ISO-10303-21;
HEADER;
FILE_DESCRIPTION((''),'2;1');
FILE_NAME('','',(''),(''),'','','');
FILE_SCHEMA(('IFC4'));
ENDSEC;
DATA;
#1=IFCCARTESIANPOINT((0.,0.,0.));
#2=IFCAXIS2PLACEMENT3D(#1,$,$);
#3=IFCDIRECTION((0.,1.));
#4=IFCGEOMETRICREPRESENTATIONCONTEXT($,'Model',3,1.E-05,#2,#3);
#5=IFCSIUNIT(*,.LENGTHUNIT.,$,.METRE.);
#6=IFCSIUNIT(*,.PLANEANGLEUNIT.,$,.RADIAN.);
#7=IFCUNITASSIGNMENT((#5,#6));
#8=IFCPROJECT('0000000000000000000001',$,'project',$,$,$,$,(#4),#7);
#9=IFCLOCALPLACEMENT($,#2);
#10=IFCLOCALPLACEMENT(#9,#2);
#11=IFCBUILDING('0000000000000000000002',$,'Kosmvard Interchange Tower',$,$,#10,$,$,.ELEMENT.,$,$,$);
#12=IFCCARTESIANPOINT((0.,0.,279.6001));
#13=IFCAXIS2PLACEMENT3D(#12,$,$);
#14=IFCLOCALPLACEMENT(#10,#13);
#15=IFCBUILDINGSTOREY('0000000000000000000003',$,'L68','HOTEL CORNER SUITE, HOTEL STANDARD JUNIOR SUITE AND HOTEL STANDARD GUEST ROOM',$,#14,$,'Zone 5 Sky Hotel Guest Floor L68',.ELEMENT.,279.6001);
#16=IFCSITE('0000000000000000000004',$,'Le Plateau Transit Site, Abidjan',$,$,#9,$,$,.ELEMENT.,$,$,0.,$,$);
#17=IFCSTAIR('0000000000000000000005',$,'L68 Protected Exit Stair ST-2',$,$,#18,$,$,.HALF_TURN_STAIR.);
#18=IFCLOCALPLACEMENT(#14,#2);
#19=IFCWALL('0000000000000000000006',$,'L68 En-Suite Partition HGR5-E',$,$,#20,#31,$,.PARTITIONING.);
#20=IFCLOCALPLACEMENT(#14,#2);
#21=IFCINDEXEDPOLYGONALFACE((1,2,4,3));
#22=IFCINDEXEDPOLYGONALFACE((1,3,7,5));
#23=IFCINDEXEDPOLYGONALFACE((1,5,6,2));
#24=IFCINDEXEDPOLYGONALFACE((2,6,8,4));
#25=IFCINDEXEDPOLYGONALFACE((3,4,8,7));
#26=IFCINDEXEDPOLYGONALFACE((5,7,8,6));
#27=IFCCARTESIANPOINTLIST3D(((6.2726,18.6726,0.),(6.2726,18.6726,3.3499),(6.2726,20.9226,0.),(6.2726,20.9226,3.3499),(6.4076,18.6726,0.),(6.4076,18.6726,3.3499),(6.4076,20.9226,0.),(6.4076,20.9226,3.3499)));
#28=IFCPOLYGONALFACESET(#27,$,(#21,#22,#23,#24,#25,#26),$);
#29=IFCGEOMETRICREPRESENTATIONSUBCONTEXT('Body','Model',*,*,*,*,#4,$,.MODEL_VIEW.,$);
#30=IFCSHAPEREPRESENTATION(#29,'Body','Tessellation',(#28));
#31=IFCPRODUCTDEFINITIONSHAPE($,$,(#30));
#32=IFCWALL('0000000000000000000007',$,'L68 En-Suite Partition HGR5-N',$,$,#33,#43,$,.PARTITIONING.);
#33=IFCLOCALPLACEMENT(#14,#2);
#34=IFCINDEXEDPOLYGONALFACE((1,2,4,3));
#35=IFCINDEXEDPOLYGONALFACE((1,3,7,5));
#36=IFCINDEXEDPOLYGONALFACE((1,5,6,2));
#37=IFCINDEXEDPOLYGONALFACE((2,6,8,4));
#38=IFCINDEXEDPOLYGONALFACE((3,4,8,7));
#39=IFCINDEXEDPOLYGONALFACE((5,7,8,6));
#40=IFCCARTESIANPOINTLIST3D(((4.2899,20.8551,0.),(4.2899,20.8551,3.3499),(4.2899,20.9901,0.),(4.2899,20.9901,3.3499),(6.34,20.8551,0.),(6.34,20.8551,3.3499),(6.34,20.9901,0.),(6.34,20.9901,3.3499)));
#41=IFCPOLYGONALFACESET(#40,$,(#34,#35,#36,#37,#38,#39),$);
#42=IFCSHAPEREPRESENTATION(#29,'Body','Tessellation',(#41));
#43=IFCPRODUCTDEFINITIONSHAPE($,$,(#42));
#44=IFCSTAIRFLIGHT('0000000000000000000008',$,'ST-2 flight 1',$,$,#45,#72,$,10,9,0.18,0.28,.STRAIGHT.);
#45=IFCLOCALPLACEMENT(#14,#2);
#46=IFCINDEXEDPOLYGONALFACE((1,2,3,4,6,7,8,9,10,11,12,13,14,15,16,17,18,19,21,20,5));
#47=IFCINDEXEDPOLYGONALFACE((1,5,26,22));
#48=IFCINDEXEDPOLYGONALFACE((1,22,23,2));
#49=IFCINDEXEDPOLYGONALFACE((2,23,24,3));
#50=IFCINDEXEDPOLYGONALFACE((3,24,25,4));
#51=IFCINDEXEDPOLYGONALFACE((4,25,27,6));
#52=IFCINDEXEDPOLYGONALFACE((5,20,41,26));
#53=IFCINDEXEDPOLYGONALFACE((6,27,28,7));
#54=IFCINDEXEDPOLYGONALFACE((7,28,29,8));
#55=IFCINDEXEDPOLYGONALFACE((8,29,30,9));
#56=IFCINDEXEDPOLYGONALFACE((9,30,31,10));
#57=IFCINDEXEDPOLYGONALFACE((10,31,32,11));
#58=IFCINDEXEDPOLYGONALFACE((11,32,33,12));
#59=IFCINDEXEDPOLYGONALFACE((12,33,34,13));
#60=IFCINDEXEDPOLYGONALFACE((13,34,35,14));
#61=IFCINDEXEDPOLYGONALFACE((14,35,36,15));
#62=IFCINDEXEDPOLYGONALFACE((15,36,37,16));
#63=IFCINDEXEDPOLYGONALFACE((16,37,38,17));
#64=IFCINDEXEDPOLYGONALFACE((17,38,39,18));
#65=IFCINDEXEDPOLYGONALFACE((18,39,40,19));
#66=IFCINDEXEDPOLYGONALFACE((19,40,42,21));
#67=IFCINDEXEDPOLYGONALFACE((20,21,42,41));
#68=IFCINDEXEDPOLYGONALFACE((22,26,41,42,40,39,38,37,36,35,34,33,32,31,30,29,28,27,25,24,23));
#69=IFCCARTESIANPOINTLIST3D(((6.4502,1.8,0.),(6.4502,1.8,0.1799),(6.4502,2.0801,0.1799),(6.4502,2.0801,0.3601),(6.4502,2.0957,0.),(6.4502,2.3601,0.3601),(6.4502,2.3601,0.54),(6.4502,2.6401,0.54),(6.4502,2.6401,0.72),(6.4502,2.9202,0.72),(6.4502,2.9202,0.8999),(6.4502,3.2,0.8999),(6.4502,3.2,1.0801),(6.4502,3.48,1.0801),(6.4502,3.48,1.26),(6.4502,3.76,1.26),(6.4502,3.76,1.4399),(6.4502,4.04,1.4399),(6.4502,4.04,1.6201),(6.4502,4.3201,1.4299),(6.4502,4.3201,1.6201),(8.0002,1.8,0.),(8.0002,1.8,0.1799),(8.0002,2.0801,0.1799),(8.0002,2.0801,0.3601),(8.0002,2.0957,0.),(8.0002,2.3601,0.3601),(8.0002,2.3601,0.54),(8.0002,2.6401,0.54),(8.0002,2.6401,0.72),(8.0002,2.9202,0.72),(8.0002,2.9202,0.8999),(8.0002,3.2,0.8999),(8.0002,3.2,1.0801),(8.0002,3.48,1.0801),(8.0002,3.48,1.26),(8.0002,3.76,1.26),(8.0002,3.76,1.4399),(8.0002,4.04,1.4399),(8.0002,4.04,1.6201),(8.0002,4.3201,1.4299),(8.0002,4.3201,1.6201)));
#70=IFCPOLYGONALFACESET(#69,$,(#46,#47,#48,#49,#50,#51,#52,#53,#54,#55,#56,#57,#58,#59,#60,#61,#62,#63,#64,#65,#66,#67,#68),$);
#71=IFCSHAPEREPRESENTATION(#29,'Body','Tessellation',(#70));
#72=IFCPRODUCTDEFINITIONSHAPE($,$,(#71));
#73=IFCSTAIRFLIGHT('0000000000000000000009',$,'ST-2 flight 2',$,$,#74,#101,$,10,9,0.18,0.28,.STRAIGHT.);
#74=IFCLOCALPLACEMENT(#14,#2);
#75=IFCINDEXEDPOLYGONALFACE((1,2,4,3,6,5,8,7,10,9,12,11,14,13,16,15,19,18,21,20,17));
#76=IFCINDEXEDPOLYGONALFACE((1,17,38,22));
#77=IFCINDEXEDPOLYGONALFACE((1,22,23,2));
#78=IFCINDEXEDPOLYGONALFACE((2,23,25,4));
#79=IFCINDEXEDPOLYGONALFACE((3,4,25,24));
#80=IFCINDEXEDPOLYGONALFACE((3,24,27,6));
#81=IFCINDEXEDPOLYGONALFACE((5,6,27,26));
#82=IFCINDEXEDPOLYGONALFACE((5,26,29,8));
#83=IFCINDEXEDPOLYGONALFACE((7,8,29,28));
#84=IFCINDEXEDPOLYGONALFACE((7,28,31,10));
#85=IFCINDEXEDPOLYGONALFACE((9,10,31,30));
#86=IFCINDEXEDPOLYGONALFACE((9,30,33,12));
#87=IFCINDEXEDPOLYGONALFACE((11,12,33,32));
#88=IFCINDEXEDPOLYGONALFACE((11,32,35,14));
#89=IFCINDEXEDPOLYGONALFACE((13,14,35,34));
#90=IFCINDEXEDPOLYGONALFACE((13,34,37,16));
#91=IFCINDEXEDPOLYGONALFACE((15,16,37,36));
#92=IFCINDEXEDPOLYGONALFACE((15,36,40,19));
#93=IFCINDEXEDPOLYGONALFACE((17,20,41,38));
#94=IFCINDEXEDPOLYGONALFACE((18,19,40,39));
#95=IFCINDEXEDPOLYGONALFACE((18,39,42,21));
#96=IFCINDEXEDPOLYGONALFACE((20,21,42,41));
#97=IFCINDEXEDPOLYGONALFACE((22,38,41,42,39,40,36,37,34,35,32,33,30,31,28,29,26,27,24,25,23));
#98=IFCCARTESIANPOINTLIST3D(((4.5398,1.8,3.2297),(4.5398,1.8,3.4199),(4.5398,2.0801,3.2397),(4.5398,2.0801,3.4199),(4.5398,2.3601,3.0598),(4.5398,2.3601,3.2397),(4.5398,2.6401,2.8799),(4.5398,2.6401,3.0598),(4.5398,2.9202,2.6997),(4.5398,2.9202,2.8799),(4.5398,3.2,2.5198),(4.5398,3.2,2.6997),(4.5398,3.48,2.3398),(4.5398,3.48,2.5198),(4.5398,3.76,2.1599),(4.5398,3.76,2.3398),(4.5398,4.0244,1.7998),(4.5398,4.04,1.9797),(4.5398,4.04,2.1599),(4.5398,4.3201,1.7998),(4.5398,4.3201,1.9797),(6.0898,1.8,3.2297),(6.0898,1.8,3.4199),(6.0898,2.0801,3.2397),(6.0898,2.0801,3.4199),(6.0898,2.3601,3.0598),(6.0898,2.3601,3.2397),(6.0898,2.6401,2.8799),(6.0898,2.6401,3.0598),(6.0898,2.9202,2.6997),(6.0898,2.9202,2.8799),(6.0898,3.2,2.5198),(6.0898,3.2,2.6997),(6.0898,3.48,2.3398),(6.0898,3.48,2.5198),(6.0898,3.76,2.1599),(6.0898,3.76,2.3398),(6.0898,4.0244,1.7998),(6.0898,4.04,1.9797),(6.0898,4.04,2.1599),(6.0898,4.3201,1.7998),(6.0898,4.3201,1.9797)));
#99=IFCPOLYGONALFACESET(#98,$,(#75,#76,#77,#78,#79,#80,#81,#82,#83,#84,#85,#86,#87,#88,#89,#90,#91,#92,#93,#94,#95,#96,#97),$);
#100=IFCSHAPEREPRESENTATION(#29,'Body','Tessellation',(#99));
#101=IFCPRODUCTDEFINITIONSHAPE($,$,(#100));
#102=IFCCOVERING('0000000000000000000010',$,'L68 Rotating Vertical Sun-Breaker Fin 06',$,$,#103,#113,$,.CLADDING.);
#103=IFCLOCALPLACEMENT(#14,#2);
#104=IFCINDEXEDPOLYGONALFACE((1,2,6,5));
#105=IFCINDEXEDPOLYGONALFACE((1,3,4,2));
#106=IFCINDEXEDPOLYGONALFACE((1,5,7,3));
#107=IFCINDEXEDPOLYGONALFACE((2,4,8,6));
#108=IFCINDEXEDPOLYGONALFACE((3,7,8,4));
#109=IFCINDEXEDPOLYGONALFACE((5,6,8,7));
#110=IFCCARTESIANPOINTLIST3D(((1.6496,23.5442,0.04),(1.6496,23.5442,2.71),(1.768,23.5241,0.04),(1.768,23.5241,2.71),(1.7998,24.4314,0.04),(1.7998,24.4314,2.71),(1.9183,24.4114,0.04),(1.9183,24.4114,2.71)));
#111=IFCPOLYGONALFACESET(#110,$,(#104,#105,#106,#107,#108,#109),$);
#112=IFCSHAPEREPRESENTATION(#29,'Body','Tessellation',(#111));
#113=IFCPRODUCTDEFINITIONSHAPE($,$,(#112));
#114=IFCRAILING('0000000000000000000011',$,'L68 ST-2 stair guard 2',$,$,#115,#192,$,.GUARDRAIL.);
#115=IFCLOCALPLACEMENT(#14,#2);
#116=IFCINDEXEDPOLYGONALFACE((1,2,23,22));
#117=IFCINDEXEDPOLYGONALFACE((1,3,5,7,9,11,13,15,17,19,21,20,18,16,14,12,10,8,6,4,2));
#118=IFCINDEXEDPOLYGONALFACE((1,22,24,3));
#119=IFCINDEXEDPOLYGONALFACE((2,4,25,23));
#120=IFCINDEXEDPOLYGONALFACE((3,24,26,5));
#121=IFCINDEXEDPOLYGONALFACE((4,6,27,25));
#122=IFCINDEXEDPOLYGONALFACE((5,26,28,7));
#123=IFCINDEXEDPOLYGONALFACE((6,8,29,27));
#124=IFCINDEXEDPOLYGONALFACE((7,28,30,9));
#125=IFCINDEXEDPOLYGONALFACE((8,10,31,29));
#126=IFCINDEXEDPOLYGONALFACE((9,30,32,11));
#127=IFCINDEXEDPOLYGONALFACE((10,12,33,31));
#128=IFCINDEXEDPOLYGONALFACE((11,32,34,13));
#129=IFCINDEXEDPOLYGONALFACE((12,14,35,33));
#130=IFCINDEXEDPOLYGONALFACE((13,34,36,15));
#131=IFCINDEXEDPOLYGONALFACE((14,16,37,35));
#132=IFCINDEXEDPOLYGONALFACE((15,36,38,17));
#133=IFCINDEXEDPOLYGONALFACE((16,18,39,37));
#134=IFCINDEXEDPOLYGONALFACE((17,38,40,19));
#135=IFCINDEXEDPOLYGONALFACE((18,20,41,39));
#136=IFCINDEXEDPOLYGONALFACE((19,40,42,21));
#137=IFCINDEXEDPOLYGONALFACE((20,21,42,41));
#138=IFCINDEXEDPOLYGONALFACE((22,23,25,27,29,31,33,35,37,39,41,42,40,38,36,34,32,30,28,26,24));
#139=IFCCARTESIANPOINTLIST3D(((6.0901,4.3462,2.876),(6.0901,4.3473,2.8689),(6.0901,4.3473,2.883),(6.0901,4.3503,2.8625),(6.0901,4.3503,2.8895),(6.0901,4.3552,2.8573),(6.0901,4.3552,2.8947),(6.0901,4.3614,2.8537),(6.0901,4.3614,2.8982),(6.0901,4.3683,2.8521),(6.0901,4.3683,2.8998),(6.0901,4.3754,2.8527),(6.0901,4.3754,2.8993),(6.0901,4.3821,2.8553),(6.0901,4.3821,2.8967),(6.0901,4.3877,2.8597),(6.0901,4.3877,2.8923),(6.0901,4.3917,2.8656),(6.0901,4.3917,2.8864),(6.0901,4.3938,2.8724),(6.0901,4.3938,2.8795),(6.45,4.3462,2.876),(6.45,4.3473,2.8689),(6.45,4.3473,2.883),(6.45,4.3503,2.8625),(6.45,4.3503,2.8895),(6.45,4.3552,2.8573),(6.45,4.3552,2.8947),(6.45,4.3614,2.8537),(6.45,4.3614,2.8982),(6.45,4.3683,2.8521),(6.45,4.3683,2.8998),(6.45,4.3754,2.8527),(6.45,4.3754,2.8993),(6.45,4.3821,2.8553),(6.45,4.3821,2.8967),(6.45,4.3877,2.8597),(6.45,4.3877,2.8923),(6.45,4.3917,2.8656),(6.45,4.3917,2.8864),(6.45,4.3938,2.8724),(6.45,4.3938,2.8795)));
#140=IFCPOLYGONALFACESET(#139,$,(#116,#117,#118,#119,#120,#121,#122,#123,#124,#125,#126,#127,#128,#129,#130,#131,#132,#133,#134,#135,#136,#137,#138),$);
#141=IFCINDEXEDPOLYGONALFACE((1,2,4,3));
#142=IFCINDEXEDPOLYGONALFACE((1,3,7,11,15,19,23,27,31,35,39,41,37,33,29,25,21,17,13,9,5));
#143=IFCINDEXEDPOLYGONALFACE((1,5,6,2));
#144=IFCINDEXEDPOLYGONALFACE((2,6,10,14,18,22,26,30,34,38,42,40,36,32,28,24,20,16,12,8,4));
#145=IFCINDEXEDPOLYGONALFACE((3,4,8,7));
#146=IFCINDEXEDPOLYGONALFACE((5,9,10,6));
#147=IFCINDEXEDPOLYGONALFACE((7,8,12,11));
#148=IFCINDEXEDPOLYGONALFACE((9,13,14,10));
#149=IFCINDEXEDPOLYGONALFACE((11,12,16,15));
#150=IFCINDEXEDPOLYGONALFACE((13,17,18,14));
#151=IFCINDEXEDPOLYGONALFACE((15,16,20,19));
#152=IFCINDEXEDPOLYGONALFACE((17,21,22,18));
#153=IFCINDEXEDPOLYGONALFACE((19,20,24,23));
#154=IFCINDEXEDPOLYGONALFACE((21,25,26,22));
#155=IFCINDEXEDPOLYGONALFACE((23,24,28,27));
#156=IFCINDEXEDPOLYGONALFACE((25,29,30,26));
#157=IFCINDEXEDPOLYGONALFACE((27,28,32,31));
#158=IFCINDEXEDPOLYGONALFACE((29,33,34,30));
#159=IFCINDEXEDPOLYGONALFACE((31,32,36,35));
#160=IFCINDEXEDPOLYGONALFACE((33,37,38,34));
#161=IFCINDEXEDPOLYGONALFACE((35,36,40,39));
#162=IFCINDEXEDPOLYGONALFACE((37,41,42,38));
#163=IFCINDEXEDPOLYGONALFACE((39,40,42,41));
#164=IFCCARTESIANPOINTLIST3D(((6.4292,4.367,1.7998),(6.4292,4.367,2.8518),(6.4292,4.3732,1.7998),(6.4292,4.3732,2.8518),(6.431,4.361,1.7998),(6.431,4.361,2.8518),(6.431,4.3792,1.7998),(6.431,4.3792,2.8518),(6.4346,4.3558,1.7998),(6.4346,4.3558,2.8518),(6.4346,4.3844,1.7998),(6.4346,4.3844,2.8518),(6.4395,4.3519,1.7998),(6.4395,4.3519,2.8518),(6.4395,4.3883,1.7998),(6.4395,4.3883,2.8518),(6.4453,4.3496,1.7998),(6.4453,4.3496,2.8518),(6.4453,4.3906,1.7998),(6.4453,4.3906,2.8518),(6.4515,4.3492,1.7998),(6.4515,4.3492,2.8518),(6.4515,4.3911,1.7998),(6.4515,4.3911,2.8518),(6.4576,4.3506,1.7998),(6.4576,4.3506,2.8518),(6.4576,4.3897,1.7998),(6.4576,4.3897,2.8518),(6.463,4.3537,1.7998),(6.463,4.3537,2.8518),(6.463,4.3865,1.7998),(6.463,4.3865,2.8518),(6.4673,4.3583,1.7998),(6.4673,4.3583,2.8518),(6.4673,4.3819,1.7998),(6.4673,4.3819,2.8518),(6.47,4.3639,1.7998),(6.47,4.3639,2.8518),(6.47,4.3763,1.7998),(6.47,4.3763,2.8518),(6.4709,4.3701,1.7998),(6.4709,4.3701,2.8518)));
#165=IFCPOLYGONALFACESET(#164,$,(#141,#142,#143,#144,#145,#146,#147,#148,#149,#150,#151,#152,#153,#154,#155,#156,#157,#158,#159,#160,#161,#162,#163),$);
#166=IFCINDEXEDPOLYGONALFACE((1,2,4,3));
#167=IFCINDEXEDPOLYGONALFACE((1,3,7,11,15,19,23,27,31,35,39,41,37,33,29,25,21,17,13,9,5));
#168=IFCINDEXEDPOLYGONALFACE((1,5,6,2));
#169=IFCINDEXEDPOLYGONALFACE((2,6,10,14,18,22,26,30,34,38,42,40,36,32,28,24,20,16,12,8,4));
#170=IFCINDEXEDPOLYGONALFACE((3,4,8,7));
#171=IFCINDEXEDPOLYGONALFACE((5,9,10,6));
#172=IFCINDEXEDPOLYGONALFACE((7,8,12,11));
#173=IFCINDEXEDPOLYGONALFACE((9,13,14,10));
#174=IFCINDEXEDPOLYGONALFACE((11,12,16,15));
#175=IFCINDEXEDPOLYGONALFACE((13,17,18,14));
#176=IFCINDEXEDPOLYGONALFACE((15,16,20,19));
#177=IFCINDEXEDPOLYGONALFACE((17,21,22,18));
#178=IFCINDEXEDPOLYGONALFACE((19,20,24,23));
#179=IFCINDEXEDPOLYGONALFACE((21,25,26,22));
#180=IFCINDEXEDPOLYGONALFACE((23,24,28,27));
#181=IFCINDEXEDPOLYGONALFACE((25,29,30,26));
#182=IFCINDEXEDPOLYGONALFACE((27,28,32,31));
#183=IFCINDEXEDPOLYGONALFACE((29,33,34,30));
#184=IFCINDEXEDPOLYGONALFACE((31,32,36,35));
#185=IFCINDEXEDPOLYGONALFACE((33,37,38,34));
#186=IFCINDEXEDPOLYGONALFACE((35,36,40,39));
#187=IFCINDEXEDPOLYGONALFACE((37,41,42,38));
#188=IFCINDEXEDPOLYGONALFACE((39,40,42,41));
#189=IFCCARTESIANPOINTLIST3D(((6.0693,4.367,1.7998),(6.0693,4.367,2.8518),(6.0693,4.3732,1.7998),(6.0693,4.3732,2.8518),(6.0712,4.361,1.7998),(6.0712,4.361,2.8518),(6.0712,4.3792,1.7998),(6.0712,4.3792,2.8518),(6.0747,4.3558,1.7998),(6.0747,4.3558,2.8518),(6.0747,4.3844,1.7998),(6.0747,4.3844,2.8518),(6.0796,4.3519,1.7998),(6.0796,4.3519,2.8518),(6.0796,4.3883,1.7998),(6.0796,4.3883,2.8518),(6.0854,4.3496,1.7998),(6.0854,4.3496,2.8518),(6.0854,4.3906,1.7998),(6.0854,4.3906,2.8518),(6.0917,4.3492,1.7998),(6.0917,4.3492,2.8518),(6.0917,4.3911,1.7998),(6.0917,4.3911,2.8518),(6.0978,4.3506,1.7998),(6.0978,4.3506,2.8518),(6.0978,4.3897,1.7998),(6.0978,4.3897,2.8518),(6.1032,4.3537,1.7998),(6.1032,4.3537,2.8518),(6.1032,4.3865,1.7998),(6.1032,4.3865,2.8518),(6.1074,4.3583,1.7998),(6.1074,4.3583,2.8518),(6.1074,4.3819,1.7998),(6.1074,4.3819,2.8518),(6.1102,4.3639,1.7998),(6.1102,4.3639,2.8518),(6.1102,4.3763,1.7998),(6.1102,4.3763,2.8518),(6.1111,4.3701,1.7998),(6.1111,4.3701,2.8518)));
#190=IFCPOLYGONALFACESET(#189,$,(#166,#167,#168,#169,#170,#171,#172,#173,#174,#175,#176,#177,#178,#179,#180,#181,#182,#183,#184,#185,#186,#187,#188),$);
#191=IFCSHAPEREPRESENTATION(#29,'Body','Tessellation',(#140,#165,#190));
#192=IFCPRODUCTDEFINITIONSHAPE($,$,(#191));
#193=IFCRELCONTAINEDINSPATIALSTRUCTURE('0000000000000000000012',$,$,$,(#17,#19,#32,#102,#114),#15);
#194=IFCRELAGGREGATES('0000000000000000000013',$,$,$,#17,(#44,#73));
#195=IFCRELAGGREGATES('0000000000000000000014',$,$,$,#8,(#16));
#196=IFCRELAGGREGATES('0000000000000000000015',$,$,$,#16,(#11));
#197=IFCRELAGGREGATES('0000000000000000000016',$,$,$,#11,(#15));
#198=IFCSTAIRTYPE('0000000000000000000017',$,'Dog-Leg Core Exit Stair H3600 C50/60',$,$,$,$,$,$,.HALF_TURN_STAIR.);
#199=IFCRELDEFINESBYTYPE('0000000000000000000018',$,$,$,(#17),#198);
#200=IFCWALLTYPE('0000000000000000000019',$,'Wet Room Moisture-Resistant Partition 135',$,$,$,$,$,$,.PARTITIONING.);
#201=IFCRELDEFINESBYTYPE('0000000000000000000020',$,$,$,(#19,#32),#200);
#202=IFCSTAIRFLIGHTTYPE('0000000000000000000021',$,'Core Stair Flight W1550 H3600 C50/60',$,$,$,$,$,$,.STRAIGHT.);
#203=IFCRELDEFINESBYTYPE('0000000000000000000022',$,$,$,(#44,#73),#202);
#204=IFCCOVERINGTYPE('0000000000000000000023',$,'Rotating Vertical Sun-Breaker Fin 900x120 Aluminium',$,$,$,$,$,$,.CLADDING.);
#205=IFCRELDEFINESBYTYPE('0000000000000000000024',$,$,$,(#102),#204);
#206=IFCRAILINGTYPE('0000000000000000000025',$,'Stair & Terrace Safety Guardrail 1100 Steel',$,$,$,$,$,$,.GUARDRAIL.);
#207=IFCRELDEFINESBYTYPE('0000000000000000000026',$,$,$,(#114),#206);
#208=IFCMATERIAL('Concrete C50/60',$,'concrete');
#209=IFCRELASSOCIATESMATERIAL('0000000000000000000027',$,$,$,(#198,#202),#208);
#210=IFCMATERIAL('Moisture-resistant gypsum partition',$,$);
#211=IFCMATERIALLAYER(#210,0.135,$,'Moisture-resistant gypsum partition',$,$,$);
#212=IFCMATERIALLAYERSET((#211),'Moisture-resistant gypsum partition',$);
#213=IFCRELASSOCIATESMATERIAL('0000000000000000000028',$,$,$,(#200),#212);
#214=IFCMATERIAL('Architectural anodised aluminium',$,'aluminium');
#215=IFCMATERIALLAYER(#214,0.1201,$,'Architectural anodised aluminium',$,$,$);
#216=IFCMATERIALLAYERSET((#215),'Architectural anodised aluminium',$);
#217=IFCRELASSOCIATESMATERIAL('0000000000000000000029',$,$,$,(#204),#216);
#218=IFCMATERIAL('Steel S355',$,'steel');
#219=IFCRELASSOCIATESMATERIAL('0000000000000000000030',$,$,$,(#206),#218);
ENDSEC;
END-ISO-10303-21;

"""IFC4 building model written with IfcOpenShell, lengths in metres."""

from ifc_helpers import new_model, si_unit, direction, frame, frame_2d, origin, origin_2d, place, context, subcontext, project, spatial, polyline, rectangle, circle, outline, extrude, source, transform, mapped, material, layer, layer_set, type_object, element, aggregate, save


model = new_model("IFC4")

# Units and contexts
model_context = context("Model", 3, precision=1e-05, world=origin(), true_north=direction((0.0, 1.0)))
body_context = subcontext(model_context, "Body", "Model", "MODEL_VIEW")
ifc_project = project(units=[si_unit("LENGTHUNIT", "METRE"), si_unit("PLANEANGLEUNIT", "RADIAN")], contexts=[model_context])

# Site, building, storey
site_placement = place(None, origin())
site = spatial("IfcSite", under=ifc_project, at=site_placement, Name="Le Plateau Transit Site, Abidjan", CompositionType="ELEMENT", RefElevation=0.0)
building_placement = place(site_placement, origin())
building = spatial("IfcBuilding", under=site, at=building_placement, Name="Kosmvard Interchange Tower", CompositionType="ELEMENT")
storey_placement = place(building_placement, frame((0.0, 0.0, 279.6001)))
storey = spatial("IfcBuildingStorey", under=building, at=storey_placement, Name="L68", Description="HOTEL CORNER SUITE, HOTEL STANDARD JUNIOR SUITE AND HOTEL STANDARD GUEST ROOM", LongName="Zone 5 Sky Hotel Guest Floor L68", CompositionType="ELEMENT", Elevation=279.6001)

# Shared definitions
ifc_material_1 = material(Name="Concrete C50/60", Category="concrete")

# Shared definitions
ifc_material_2 = material(Name="Steel S355", Category="steel")

# Stair
stair_type = type_object("IfcStairType", Name="Dog-Leg Core Exit Stair H3600 C50/60", PredefinedType="HALF_TURN_STAIR", material=ifc_material_1)
stair_1_placement = place(storey_placement, origin())
stair_1 = element("IfcStair", 1, at=stair_1_placement, inside=storey, type_object=stair_type, Name="L68 Protected Exit Stair ST-2", PredefinedType="HALF_TURN_STAIR")

# Shared definitions
ifc_material_3 = material(Name="Moisture-resistant gypsum partition")
ifc_layer_1 = layer(ifc_material_3, 0.135, Name="Moisture-resistant gypsum partition")
ifc_layer_set_1 = layer_set([ifc_layer_1], Name="Moisture-resistant gypsum partition")
wall_type_1 = type_object("IfcWallType", Name="Wet Room Moisture-Resistant Partition 135", PredefinedType="PARTITIONING", material=ifc_layer_set_1)

# Walls
wall_1_placement = place(storey_placement, frame((6.3401, 18.6726, 0.0), z_axis=(0.0, 0.0, 1.0), x_axis=(0.0, 1.0, 0.0)))
element("IfcWall", 2, at=wall_1_placement, inside=storey, type_object=wall_type_1, Name="L68 En-Suite Partition HGR5-E", PredefinedType="PARTITIONING", context=body_context, shape_type="SweptSolid", body=[
    extrude(rectangle(XDim=2.25, YDim=0.135, at=frame_2d((1.125, 0.0))), origin(), (0.0, 0.0, 1.0), 3.3499),
])
wall_2_placement = place(storey_placement, frame((4.29, 20.9226, 0.0), z_axis=(0.0, 0.0, 1.0), x_axis=(1.0, 0.0, 0.0)))
element("IfcWall", 3, at=wall_2_placement, inside=storey, type_object=wall_type_1, Name="L68 En-Suite Partition HGR5-N", PredefinedType="PARTITIONING", context=body_context, shape_type="SweptSolid", body=[
    extrude(rectangle(XDim=2.05, YDim=0.135, at=frame_2d((1.0249, 0.0))), origin(), (0.0, 0.0, 1.0), 3.3499),
])

# Stair flights
stair_flight_type = type_object("IfcStairFlightType", Name="Core Stair Flight W1550 H3600 C50/60", PredefinedType="STRAIGHT", material=ifc_material_1)
shared_shape_1 = source(origin(), body_context, "Body", "SweptSolid", [
    extrude(outline(polyline([(0.0, 0.0), (0.0, 0.1799), (0.28, 0.1799), (0.28, 0.3601), (0.5601, 0.3601), (0.5601, 0.54), (0.8401, 0.54), (0.8401, 0.72), (1.1201, 0.72), (1.1201, 0.8999), (1.3999, 0.8999), (1.3999, 1.0801), (1.6799, 1.0801), (1.6799, 1.26), (1.96, 1.26), (1.96, 1.4399), (2.24, 1.4399), (2.24, 1.6201), (2.52, 1.6201), (2.52, 1.8), (2.52, 1.4299), (0.2957, 0.0), (0.0, 0.0)])), frame((0.0, 0.7749, 0.0), z_axis=(0.0, -1.0, 0.0), x_axis=(1.0, 0.0, 0.0)), (0.0, 0.0, 1.0), 1.55),
])
stair_flight_1_placement = place(storey_placement, frame((7.2251, 1.8, 0.0), z_axis=(0.0, 0.0, 1.0), x_axis=(0.0, 1.0, 0.0)))
stair_flight_1 = element("IfcStairFlight", 4, at=stair_flight_1_placement, type_object=stair_flight_type, Name="ST-2 flight 1", NumberOfRisers=10, NumberOfTreads=9, PredefinedType="STRAIGHT", RiserHeight=0.18, TreadLength=0.28, context=body_context, shape_type="MappedRepresentation", body=[
    mapped(shared_shape_1, transform((0.0, 0.0, 0.0), scale=1.0)),
])
stair_flight_2_placement = place(storey_placement, frame((5.3149, 4.3201, 1.7998), z_axis=(0.0, 0.0, 1.0), x_axis=(0.0, -1.0, 0.0)))
stair_flight_2 = element("IfcStairFlight", 5, at=stair_flight_2_placement, type_object=stair_flight_type, Name="ST-2 flight 2", NumberOfRisers=10, NumberOfTreads=9, PredefinedType="STRAIGHT", RiserHeight=0.18, TreadLength=0.28, context=body_context, shape_type="MappedRepresentation", body=[
    mapped(shared_shape_1, transform((0.0, 0.0, 0.0), scale=1.0)),
])
aggregate(stair_1, [stair_flight_1, stair_flight_2])

# Covering
ifc_material_4 = material(Name="Architectural anodised aluminium", Category="aluminium")
ifc_layer_2 = layer(ifc_material_4, 0.1201, Name="Architectural anodised aluminium")
ifc_layer_set_2 = layer_set([ifc_layer_2], Name="Architectural anodised aluminium")
covering_type = type_object("IfcCoveringType", Name="Rotating Vertical Sun-Breaker Fin 900x120 Aluminium", PredefinedType="CLADDING", material=ifc_layer_set_2)
shared_shape_2 = source(origin(), body_context, "Body", "SweptSolid", [
    extrude(rectangle(XDim=0.8999, YDim=0.1201, at=origin_2d()), origin(), (0.0, 0.0, 1.0), 2.6699),
])
covering_placement = place(storey_placement, frame((1.7839, 23.9778, 0.04), z_axis=(0.0, 0.0, 1.0), x_axis=(0.166941, 0.985967, 0.0)))
element("IfcCovering", 6, at=covering_placement, inside=storey, type_object=covering_type, Name="L68 Rotating Vertical Sun-Breaker Fin 06", PredefinedType="CLADDING", context=body_context, shape_type="MappedRepresentation", body=[
    mapped(shared_shape_2, transform((0.0, 0.0, 0.0), scale=1.0)),
])

# Railing
railing_type_1 = type_object("IfcRailingType", Name="Stair & Terrace Safety Guardrail 1100 Steel", PredefinedType="GUARDRAIL", material=ifc_material_2)
shared_shape_3 = source(origin(), body_context, "Body", "SweptSolid", [
    extrude(circle(Radius=0.0239, at=origin_2d()), frame((0.0, 0.0, 1.0762), z_axis=(-1.0, 0.0, 0.0), x_axis=(0.0, -1.0, 0.0)), (0.0, 0.0, 1.0), 0.3599),
    extrude(circle(Radius=0.021, at=origin_2d()), origin(), (0.0, 0.0, 1.0), 1.052),
    extrude(circle(Radius=0.021, at=origin_2d()), frame((-0.3599, 0.0, 0.0)), (0.0, 0.0, 1.0), 1.052),
])
for number, where, name in (
    (7, (6.45, 4.3701, 1.7998), "L68 ST-2 stair guard 2"),
):
    element("IfcRailing", number, at=place(storey_placement, frame(where)), inside=storey, type_object=railing_type_1, Name=name, PredefinedType="GUARDRAIL", context=body_context, shape_type="MappedRepresentation", body=[
        mapped(shared_shape_3, transform((0.0, 0.0, 0.0), scale=1.0)),
    ])

save(model, "model.ifc")
